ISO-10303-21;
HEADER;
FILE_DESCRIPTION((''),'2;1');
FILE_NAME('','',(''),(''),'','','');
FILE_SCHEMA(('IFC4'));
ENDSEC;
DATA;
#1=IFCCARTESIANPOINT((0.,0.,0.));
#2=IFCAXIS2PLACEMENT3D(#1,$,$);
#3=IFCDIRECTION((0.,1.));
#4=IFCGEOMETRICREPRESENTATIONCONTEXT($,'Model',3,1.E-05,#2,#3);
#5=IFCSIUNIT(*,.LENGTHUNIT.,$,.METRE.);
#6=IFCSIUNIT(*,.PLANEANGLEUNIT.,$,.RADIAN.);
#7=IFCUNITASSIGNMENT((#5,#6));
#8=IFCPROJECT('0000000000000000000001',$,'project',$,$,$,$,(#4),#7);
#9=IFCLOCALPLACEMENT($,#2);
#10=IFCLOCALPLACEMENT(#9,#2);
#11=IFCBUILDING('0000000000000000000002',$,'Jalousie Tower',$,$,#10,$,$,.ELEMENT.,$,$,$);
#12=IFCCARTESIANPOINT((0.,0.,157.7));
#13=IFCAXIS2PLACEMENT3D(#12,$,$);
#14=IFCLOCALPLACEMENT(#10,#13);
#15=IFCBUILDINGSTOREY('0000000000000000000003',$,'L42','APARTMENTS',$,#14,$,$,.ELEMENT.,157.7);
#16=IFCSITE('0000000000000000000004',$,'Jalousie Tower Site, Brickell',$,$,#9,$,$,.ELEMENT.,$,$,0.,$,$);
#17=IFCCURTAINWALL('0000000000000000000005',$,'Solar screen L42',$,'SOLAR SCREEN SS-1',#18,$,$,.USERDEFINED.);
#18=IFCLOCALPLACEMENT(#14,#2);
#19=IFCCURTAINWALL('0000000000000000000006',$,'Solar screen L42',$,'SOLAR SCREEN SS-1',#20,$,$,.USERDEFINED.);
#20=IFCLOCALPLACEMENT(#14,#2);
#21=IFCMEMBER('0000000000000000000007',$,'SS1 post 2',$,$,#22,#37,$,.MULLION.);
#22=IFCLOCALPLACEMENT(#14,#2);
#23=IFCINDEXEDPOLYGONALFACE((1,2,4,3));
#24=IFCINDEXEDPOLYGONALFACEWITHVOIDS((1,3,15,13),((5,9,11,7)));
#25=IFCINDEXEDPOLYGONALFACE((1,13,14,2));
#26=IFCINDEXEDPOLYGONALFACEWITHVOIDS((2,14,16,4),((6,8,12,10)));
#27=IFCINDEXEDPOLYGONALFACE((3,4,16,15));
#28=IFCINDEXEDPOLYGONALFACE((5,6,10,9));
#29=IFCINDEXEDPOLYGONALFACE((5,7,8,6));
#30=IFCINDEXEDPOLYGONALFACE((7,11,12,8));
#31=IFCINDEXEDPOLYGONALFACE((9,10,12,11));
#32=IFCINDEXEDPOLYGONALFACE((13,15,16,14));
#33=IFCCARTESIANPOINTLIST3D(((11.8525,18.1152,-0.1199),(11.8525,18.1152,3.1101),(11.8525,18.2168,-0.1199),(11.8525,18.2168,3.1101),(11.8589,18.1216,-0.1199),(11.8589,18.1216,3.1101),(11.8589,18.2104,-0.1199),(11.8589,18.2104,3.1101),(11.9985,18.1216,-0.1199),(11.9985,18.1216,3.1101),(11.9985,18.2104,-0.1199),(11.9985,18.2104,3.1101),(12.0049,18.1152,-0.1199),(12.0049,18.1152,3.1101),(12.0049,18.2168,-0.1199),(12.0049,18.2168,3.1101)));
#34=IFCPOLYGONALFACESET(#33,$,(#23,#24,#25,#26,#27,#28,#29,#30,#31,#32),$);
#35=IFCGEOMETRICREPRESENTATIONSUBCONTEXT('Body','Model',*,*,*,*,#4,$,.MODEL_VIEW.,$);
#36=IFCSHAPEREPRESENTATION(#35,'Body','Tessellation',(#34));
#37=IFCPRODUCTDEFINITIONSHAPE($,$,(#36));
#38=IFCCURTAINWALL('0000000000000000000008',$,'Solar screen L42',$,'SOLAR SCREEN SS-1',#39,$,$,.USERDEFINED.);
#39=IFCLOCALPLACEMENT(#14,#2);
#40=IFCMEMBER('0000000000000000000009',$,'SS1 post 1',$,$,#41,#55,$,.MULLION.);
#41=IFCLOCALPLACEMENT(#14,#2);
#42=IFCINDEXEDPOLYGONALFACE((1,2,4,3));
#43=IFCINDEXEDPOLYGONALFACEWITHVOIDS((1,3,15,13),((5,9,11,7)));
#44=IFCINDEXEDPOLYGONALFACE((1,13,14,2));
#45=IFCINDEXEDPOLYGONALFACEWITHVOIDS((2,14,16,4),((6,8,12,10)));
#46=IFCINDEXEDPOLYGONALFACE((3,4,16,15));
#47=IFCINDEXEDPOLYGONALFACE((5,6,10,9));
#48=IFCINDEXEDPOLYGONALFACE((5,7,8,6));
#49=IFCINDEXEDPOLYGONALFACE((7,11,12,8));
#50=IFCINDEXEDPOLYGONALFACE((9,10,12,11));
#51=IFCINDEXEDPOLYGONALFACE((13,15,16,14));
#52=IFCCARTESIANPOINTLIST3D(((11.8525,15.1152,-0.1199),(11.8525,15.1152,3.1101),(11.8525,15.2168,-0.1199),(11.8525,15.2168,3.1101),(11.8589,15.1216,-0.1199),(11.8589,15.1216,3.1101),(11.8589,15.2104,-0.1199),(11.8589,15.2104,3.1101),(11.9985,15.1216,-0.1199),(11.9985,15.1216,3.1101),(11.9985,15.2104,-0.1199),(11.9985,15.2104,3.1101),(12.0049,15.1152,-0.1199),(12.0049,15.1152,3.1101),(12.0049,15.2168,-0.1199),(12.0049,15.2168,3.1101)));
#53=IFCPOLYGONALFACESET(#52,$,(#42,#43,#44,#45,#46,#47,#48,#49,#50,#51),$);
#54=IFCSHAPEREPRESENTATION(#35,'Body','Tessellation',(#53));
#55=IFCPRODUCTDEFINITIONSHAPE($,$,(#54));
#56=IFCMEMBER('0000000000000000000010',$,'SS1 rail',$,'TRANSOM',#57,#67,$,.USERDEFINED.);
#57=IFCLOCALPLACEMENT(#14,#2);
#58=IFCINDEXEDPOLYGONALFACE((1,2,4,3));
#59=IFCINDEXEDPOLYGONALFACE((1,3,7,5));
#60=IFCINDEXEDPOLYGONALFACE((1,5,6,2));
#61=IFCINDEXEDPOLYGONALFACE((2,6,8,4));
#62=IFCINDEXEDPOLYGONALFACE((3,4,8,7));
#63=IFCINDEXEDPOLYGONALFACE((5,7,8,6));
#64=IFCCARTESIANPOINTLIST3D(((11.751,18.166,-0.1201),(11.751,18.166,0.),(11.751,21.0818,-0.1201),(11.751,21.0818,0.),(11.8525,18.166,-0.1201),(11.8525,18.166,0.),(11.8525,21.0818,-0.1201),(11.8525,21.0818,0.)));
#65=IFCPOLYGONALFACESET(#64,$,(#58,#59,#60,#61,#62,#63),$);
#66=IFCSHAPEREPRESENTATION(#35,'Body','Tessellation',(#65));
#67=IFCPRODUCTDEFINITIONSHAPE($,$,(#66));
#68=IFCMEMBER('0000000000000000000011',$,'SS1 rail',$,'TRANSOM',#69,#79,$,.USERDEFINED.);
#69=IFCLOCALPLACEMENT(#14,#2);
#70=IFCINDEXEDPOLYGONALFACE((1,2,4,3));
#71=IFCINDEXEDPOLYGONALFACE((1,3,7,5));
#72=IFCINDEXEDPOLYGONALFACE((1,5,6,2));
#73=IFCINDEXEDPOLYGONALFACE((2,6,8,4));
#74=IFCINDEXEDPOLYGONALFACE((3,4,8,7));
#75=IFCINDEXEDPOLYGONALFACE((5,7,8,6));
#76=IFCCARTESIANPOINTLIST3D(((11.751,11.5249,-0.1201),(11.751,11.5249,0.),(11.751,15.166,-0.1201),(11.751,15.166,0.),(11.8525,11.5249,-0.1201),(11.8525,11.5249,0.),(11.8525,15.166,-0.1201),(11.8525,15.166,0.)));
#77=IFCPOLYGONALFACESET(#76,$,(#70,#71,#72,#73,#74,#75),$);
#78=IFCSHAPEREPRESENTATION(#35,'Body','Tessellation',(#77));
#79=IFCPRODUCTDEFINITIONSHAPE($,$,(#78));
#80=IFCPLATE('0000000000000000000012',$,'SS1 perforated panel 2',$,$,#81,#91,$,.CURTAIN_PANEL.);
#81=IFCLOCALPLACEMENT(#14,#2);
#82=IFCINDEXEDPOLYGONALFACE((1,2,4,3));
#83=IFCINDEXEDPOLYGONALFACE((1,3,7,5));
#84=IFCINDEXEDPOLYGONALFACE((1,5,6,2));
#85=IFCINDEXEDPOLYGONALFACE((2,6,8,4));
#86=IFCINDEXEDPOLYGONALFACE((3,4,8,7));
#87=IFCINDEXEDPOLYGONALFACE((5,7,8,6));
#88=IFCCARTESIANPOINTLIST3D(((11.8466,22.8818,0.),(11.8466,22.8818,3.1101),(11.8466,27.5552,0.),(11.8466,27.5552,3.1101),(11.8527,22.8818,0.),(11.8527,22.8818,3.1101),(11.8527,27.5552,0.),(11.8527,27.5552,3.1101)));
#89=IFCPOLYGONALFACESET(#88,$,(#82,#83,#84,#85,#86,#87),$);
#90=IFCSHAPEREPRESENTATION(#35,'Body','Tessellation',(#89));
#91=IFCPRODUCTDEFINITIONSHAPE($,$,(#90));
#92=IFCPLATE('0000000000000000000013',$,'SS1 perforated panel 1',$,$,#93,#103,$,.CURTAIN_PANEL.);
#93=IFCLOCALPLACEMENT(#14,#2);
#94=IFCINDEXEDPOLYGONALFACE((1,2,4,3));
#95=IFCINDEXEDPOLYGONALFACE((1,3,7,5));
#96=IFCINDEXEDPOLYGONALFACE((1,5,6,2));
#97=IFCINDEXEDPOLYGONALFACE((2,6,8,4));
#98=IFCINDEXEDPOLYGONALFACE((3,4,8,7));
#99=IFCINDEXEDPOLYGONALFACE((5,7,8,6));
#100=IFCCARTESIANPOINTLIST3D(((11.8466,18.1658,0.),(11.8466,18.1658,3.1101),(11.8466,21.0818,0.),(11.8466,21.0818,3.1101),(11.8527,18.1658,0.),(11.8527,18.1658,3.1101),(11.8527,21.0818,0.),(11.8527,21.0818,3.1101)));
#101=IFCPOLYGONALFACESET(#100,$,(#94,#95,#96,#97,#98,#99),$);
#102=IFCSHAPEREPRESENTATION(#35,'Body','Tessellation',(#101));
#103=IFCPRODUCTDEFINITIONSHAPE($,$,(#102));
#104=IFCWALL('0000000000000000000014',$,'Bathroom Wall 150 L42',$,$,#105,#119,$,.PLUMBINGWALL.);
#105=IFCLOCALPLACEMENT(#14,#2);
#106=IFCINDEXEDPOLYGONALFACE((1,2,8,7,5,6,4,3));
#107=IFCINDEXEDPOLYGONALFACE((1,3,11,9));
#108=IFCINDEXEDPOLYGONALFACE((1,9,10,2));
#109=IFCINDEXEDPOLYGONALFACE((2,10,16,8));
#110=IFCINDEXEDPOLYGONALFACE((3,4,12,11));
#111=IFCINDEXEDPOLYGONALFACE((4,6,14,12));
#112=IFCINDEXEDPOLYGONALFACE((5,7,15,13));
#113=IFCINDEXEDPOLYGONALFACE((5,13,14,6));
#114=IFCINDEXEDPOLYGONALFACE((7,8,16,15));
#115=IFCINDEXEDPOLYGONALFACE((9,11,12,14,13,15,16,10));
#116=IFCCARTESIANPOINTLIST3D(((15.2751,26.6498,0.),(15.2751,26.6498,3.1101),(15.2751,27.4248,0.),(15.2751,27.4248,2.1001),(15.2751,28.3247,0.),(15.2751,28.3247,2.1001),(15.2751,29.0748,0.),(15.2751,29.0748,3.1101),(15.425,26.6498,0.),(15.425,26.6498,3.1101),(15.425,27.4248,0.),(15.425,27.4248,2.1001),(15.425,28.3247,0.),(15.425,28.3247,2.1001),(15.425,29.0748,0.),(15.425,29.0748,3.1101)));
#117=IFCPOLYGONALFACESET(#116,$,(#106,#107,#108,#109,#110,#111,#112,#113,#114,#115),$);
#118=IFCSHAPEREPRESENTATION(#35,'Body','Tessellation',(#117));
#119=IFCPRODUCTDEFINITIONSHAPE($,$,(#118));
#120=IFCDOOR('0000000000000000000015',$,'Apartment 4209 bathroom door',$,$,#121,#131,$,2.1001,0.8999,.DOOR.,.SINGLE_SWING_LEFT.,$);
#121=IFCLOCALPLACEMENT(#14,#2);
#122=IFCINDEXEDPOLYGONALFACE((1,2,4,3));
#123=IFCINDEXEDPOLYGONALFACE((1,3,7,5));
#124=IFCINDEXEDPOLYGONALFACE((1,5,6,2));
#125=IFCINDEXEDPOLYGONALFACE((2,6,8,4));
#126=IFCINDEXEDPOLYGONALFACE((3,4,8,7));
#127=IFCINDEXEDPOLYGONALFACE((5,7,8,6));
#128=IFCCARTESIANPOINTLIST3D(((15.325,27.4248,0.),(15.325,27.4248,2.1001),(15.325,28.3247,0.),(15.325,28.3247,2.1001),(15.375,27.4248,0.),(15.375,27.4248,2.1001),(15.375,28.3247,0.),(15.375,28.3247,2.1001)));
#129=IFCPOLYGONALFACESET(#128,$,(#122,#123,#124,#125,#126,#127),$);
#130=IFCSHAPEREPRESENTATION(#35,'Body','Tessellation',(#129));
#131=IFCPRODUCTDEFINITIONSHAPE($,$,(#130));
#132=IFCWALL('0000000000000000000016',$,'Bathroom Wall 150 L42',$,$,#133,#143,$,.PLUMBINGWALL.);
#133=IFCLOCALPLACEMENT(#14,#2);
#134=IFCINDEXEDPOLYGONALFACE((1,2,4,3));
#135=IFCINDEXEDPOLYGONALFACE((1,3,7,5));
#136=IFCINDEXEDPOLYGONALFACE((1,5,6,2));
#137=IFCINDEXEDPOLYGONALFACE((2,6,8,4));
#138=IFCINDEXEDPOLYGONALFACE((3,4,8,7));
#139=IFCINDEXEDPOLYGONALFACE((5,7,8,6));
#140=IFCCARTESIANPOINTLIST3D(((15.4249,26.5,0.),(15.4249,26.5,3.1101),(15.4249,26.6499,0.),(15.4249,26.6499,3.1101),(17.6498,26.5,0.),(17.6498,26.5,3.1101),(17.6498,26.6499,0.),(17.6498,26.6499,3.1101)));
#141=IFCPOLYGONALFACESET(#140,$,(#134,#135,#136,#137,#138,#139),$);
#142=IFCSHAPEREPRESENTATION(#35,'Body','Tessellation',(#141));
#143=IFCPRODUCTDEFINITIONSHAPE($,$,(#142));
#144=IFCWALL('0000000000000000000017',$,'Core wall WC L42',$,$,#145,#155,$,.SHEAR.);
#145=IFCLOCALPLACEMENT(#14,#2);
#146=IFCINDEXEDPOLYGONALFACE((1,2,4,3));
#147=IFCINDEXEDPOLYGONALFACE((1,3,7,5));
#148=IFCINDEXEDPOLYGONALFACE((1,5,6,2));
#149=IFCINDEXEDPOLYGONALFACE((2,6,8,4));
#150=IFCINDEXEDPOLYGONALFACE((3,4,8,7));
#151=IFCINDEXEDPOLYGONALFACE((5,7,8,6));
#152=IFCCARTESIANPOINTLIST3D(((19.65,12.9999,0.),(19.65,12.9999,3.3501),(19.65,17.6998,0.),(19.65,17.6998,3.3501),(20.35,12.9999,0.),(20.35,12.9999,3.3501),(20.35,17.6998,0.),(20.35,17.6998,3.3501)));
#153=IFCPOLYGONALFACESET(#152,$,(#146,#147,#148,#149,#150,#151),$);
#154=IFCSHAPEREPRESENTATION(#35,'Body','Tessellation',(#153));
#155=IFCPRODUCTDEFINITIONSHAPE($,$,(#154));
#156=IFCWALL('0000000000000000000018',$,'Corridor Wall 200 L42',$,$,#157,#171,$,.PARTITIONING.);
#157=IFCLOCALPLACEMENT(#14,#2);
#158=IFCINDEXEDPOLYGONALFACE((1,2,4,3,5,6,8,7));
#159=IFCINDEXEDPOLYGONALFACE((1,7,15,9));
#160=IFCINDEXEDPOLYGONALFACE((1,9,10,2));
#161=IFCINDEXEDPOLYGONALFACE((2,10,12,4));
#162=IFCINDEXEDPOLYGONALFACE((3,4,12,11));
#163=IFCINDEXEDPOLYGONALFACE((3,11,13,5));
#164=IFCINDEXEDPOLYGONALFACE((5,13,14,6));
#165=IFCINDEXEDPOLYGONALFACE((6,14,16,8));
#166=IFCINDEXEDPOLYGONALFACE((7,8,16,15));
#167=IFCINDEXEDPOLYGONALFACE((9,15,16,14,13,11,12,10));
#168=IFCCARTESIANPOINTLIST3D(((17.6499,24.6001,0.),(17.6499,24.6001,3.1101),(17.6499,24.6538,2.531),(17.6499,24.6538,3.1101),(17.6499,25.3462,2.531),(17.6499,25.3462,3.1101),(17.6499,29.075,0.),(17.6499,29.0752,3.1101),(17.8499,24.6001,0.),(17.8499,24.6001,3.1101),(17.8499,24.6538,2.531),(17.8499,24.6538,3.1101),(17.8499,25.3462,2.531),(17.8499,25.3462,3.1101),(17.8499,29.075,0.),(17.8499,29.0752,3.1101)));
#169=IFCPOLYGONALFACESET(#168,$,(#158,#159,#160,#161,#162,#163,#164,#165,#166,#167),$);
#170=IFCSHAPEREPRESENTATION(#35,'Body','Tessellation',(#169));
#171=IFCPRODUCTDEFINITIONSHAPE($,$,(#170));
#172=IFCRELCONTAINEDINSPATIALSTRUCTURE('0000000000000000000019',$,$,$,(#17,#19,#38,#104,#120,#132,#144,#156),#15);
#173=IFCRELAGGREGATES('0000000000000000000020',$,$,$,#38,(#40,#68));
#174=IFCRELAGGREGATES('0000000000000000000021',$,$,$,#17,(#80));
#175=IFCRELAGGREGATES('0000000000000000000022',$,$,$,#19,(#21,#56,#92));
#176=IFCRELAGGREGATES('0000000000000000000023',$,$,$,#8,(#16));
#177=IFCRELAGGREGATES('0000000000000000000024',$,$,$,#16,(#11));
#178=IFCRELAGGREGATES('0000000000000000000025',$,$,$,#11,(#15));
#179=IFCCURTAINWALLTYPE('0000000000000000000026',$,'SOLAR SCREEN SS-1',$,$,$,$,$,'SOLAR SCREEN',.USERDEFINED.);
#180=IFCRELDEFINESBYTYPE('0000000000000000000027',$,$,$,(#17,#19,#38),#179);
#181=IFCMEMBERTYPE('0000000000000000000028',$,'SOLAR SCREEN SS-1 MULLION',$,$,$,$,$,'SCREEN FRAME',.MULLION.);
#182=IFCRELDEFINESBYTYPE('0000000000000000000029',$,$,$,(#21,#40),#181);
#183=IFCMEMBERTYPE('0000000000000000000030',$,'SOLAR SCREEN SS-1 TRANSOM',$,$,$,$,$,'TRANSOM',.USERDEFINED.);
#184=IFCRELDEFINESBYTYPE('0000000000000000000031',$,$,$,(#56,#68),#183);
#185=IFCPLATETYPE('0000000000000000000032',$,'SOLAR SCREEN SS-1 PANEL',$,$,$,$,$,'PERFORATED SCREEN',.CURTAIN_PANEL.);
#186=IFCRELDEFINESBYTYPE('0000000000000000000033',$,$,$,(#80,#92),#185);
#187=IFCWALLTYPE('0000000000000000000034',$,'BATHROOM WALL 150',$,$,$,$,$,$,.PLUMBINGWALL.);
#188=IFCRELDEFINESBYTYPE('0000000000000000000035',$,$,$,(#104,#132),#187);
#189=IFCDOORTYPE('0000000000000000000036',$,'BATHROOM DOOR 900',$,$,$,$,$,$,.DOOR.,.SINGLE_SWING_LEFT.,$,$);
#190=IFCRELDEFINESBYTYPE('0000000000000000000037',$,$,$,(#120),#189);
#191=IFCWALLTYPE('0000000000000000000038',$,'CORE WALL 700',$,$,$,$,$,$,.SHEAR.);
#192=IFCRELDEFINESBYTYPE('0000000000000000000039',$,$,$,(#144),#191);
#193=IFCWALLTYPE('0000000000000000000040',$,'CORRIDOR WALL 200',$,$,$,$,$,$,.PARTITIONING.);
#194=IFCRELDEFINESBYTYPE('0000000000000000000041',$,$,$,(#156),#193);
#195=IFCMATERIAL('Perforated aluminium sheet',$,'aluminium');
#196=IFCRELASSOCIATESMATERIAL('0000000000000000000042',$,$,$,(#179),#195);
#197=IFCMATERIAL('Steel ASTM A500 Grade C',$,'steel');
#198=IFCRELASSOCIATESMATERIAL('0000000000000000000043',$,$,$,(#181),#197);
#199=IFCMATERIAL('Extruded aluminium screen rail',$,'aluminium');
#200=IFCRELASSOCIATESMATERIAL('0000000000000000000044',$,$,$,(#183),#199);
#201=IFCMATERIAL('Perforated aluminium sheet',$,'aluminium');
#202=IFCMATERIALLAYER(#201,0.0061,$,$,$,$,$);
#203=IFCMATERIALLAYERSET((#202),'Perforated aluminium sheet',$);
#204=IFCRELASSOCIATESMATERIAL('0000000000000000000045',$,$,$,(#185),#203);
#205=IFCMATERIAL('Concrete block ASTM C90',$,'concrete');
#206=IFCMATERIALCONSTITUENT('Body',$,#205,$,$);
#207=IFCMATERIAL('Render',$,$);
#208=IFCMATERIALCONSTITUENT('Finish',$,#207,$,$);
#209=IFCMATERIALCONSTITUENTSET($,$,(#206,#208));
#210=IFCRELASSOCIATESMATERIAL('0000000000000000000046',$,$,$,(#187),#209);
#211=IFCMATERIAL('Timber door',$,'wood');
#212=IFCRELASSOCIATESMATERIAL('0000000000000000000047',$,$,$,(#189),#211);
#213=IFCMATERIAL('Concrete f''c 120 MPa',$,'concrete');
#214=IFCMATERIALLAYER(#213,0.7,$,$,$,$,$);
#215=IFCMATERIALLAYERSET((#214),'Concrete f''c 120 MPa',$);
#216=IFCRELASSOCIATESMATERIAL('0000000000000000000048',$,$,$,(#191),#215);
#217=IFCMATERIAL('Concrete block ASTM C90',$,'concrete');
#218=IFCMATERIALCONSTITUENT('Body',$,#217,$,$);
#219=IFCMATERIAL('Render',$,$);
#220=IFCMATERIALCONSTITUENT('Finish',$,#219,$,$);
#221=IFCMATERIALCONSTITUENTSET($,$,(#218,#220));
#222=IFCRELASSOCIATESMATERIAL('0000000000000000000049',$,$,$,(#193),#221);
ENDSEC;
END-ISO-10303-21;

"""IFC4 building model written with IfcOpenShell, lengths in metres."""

from ifc_helpers import new_model, si_unit, direction, frame, frame_2d, origin, origin_2d, place, context, subcontext, project, spatial, polyline, rectangle, hollow_rectangle, outline, extrude, material, layer, layer_set, constituent, constituent_set, material_profile, profile_set, type_object, element, fill, aggregate, save


model = new_model("IFC4")

# Units and contexts
model_context = context("Model", 3, precision=1e-05, world=origin(), true_north=direction((0.0, 1.0)))
body_context = subcontext(model_context, "Body", "Model", "MODEL_VIEW")
ifc_project = project(units=[si_unit("LENGTHUNIT", "METRE"), si_unit("PLANEANGLEUNIT", "RADIAN")], contexts=[model_context])

# Site, building, storey
site_placement = place(None, origin())
site = spatial("IfcSite", under=ifc_project, at=site_placement, Name="Jalousie Tower Site, Brickell", CompositionType="ELEMENT", RefElevation=0.0)
building_placement = place(site_placement, origin())
building = spatial("IfcBuilding", under=site, at=building_placement, Name="Jalousie Tower", CompositionType="ELEMENT")
storey_placement = place(building_placement, frame((0.0, 0.0, 157.7)))
storey = spatial("IfcBuildingStorey", under=building, at=storey_placement, Name="L42", Description="APARTMENTS", CompositionType="ELEMENT", Elevation=157.7)

# Curtain walls, member
ifc_material_1 = material(Name="Perforated aluminium sheet", Category="aluminium")
curtain_wall_type = type_object("IfcCurtainWallType", Name="SOLAR SCREEN SS-1", ElementType="SOLAR SCREEN", PredefinedType="USERDEFINED", material=ifc_material_1)
curtain_wall_1_placement = place(storey_placement, origin())
curtain_wall_1 = element("IfcCurtainWall", 1, at=curtain_wall_1_placement, inside=storey, type_object=curtain_wall_type, Name="Solar screen L42", ObjectType="SOLAR SCREEN SS-1", PredefinedType="USERDEFINED")
ifc_material_2 = material(Name="Steel ASTM A500 Grade C", Category="steel")
ifc_material_profile_1 = material_profile(ifc_material_2, hollow_rectangle(XDim=0.1016, YDim=0.1523, WallThickness=0.0063, at=origin_2d()), Name="HSS6X4X1/4")
ifc_profile_set_1 = profile_set([ifc_material_profile_1], Name="Steel ASTM A500 Grade C")
member_type_1 = type_object("IfcMemberType", Name="SOLAR SCREEN SS-1 MULLION", ElementType="SCREEN FRAME", PredefinedType="MULLION", material=ifc_profile_set_1)
curtain_wall_2_placement = place(storey_placement, origin())
curtain_wall_2 = element("IfcCurtainWall", 2, at=curtain_wall_2_placement, inside=storey, type_object=curtain_wall_type, Name="Solar screen L42", ObjectType="SOLAR SCREEN SS-1", PredefinedType="USERDEFINED")
member_1_placement = place(storey_placement, frame((11.9287, 18.166, -0.1199), z_axis=(0.0, 0.0, 1.0), x_axis=(0.0, -1.0, 0.0)))
member_1 = element("IfcMember", 3, at=member_1_placement, type_object=member_type_1, Name="SS1 post 2", PredefinedType="MULLION", context=body_context, shape_type="SweptSolid", body=[
    extrude(hollow_rectangle(XDim=0.1016, YDim=0.1523, WallThickness=0.0063, at=origin_2d()), origin(), (0.0, 0.0, 1.0), 3.23),
])

# Curtain wall, member
curtain_wall_3_placement = place(storey_placement, origin())
curtain_wall_3 = element("IfcCurtainWall", 4, at=curtain_wall_3_placement, inside=storey, type_object=curtain_wall_type, Name="Solar screen L42", ObjectType="SOLAR SCREEN SS-1", PredefinedType="USERDEFINED")
member_2_placement = place(storey_placement, frame((11.9287, 15.166, -0.1199), z_axis=(0.0, 0.0, 1.0), x_axis=(0.0, -1.0, 0.0)))
member_2 = element("IfcMember", 5, at=member_2_placement, type_object=member_type_1, Name="SS1 post 1", PredefinedType="MULLION", context=body_context, shape_type="SweptSolid", body=[
    extrude(hollow_rectangle(XDim=0.1016, YDim=0.1523, WallThickness=0.0063, at=origin_2d()), origin(), (0.0, 0.0, 1.0), 3.23),
])

# Members
ifc_material_3 = material(Name="Extruded aluminium screen rail", Category="aluminium")
ifc_material_profile_2 = material_profile(ifc_material_3, rectangle(XDim=0.1016, YDim=0.1201, at=origin_2d()), Name="RAIL 102x120")
ifc_profile_set_2 = profile_set([ifc_material_profile_2], Name="Extruded aluminium screen rail")
member_type_2 = type_object("IfcMemberType", Name="SOLAR SCREEN SS-1 TRANSOM", ElementType="TRANSOM", PredefinedType="USERDEFINED", material=ifc_profile_set_2)
member_3_placement = place(storey_placement, frame((11.8018, 21.0818, -0.0601), z_axis=(0.0, -1.0, 0.0), x_axis=(1.0, 0.0, 0.0)))
member_3 = element("IfcMember", 6, at=member_3_placement, type_object=member_type_2, Name="SS1 rail", ObjectType="TRANSOM", PredefinedType="USERDEFINED", context=body_context, shape_type="SweptSolid", body=[
    extrude(rectangle(XDim=0.1016, YDim=0.1201, at=origin_2d()), origin(), (0.0, 0.0, 1.0), 2.9158),
])
member_4_placement = place(storey_placement, frame((11.8018, 15.166, -0.0601), z_axis=(0.0, -1.0, 0.0), x_axis=(1.0, 0.0, 0.0)))
member_4 = element("IfcMember", 7, at=member_4_placement, type_object=member_type_2, Name="SS1 rail", ObjectType="TRANSOM", PredefinedType="USERDEFINED", context=body_context, shape_type="SweptSolid", body=[
    extrude(rectangle(XDim=0.1016, YDim=0.1201, at=origin_2d()), origin(), (0.0, 0.0, 1.0), 3.6411),
])
aggregate(curtain_wall_3, [member_2, member_4])

# Plates
ifc_material_4 = material(Name="Perforated aluminium sheet", Category="aluminium")
ifc_layer_1 = layer(ifc_material_4, 0.0061)
ifc_layer_set_1 = layer_set([ifc_layer_1], Name="Perforated aluminium sheet")
plate_type = type_object("IfcPlateType", Name="SOLAR SCREEN SS-1 PANEL", ElementType="PERFORATED SCREEN", PredefinedType="CURTAIN_PANEL", material=ifc_layer_set_1)
plate_1_placement = place(storey_placement, frame((11.8496, 25.2185, 0.0), z_axis=(0.0, 0.0, 1.0), x_axis=(0.0, -1.0, 0.0)))
plate_1 = element("IfcPlate", 8, at=plate_1_placement, type_object=plate_type, Name="SS1 perforated panel 2", PredefinedType="CURTAIN_PANEL", context=body_context, shape_type="SweptSolid", body=[
    extrude(rectangle(XDim=4.6733, YDim=0.0061, at=origin_2d()), origin(), (0.0, 0.0, 1.0), 3.1101),
])
aggregate(curtain_wall_1, [plate_1])
plate_2_placement = place(storey_placement, frame((11.8496, 19.6238, 0.0), z_axis=(0.0, 0.0, 1.0), x_axis=(0.0, -1.0, 0.0)))
plate_2 = element("IfcPlate", 9, at=plate_2_placement, type_object=plate_type, Name="SS1 perforated panel 1", PredefinedType="CURTAIN_PANEL", context=body_context, shape_type="SweptSolid", body=[
    extrude(rectangle(XDim=2.916, YDim=0.0061, at=origin_2d()), origin(), (0.0, 0.0, 1.0), 3.1101),
])
aggregate(curtain_wall_2, [member_1, member_3, plate_2])

# Wall, opening, door
ifc_material_5 = material(Name="Concrete block ASTM C90", Category="concrete")
ifc_constituent_1 = constituent(ifc_material_5, Name="Body")
ifc_material_6 = material(Name="Render")
ifc_constituent_2 = constituent(ifc_material_6, Name="Finish")
ifc_constituent_set_1 = constituent_set(constituents=[ifc_constituent_1, ifc_constituent_2])
wall_type_1 = type_object("IfcWallType", Name="BATHROOM WALL 150", PredefinedType="PLUMBINGWALL", material=ifc_constituent_set_1)
wall_1_placement = place(storey_placement, frame((15.3501, 26.6499, 0.0), z_axis=(0.0, 0.0, 1.0), x_axis=(0.0, 1.0, 0.0)))
wall_1 = element("IfcWall", 10, at=wall_1_placement, inside=storey, type_object=wall_type_1, Name="Bathroom Wall 150 L42", PredefinedType="PLUMBINGWALL", context=body_context, shape_type="SweptSolid", body=[
    extrude(rectangle(XDim=2.425, YDim=0.1499, at=frame_2d((1.2124, 0.0))), origin(), (0.0, 0.0, 1.0), 3.1101),
])
opening_1_placement = place(wall_1_placement, frame((0.7749, 0.0, 0.0)))
opening_1 = element("IfcOpeningElement", 11, at=opening_1_placement, cuts=wall_1, PredefinedType="OPENING", context=body_context, shape_type="SweptSolid", body=[
    extrude(rectangle(XDim=0.8999, YDim=2.1001, at=frame_2d((0.45, 1.05))), frame((0.0, 0.085, 0.0), z_axis=(0.0, -1.0, 0.0), x_axis=(1.0, 0.0, 0.0)), (0.0, 0.0, 1.0), 0.1699),
])
ifc_material_7 = material(Name="Timber door", Category="wood")
door_type_1 = type_object("IfcDoorType", Name="BATHROOM DOOR 900", OperationType="SINGLE_SWING_LEFT", PredefinedType="DOOR", material=ifc_material_7)
door_1_placement = place(opening_1_placement, frame((0.8999, 0.0, 0.0), z_axis=(0.0, 0.0, 1.0), x_axis=(-1.0, 0.0, 0.0)))
door_1 = element("IfcDoor", 12, at=door_1_placement, inside=storey, type_object=door_type_1, Name="Apartment 4209 bathroom door", OperationType="SINGLE_SWING_LEFT", OverallHeight=2.1001, OverallWidth=0.8999, PredefinedType="DOOR", context=body_context, shape_type="SweptSolid", body=[
    extrude(rectangle(XDim=0.8999, YDim=2.1001, at=frame_2d((0.45, 1.05))), frame((0.0, 0.0249, 0.0), z_axis=(0.0, -1.0, 0.0), x_axis=(1.0, 0.0, 0.0)), (0.0, 0.0, 1.0), 0.05),
])
fill(opening_1, door_1)

# Walls
wall_2_placement = place(storey_placement, frame((15.425, 26.575, 0.0), z_axis=(0.0, 0.0, 1.0), x_axis=(1.0, 0.0, 0.0)))
element("IfcWall", 13, at=wall_2_placement, inside=storey, type_object=wall_type_1, Name="Bathroom Wall 150 L42", PredefinedType="PLUMBINGWALL", context=body_context, shape_type="SweptSolid", body=[
    extrude(rectangle(XDim=2.2249, YDim=0.1499, at=frame_2d((1.1123, 0.0))), origin(), (0.0, 0.0, 1.0), 3.1101),
])
ifc_material_8 = material(Name="Concrete f'c 120 MPa", Category="concrete")
ifc_layer_2 = layer(ifc_material_8, 0.7)
ifc_layer_set_2 = layer_set([ifc_layer_2], Name="Concrete f'c 120 MPa")
wall_type_2 = type_object("IfcWallType", Name="CORE WALL 700", PredefinedType="SHEAR", material=ifc_layer_set_2)
wall_3_placement = place(storey_placement, frame((20.0, 17.7, 0.0), z_axis=(0.0, 0.0, 1.0), x_axis=(0.0, -1.0, 0.0)))
element("IfcWall", 14, at=wall_3_placement, inside=storey, type_object=wall_type_2, Name="Core wall WC L42", PredefinedType="SHEAR", context=body_context, shape_type="SweptSolid", body=[
    extrude(rectangle(XDim=4.7, YDim=0.7, at=frame_2d((2.3501, 0.0))), origin(), (0.0, 0.0, 1.0), 3.3501),
])
ifc_material_9 = material(Name="Concrete block ASTM C90", Category="concrete")
ifc_constituent_3 = constituent(ifc_material_9, Name="Body")
ifc_material_10 = material(Name="Render")
ifc_constituent_4 = constituent(ifc_material_10, Name="Finish")
ifc_constituent_set_2 = constituent_set(constituents=[ifc_constituent_3, ifc_constituent_4])
wall_type_3 = type_object("IfcWallType", Name="CORRIDOR WALL 200", PredefinedType="PARTITIONING", material=ifc_constituent_set_2)
wall_4_placement = place(storey_placement, frame((17.75, 24.6001, 0.0), z_axis=(0.0, 0.0, 1.0), x_axis=(0.0, 1.0, 0.0)))
element("IfcWall", 15, at=wall_4_placement, inside=storey, type_object=wall_type_3, Name="Corridor Wall 200 L42", PredefinedType="PARTITIONING", context=body_context, shape_type="SweptSolid", body=[
    extrude(outline(polyline([(0.0, 0.0), (4.4749, 0.0), (4.4751, 3.1101), (0.7461, 3.1101), (0.7461, 2.531), (0.0537, 2.531), (0.0537, 3.1101), (0.0, 3.1101), (0.0, 0.0)])), frame((0.0, 0.1001, 0.0), z_axis=(0.0, -1.0, 0.0), x_axis=(1.0, 0.0, 0.0)), (0.0, 0.0, 1.0), 0.2),
])

save(model, "model.ifc")
